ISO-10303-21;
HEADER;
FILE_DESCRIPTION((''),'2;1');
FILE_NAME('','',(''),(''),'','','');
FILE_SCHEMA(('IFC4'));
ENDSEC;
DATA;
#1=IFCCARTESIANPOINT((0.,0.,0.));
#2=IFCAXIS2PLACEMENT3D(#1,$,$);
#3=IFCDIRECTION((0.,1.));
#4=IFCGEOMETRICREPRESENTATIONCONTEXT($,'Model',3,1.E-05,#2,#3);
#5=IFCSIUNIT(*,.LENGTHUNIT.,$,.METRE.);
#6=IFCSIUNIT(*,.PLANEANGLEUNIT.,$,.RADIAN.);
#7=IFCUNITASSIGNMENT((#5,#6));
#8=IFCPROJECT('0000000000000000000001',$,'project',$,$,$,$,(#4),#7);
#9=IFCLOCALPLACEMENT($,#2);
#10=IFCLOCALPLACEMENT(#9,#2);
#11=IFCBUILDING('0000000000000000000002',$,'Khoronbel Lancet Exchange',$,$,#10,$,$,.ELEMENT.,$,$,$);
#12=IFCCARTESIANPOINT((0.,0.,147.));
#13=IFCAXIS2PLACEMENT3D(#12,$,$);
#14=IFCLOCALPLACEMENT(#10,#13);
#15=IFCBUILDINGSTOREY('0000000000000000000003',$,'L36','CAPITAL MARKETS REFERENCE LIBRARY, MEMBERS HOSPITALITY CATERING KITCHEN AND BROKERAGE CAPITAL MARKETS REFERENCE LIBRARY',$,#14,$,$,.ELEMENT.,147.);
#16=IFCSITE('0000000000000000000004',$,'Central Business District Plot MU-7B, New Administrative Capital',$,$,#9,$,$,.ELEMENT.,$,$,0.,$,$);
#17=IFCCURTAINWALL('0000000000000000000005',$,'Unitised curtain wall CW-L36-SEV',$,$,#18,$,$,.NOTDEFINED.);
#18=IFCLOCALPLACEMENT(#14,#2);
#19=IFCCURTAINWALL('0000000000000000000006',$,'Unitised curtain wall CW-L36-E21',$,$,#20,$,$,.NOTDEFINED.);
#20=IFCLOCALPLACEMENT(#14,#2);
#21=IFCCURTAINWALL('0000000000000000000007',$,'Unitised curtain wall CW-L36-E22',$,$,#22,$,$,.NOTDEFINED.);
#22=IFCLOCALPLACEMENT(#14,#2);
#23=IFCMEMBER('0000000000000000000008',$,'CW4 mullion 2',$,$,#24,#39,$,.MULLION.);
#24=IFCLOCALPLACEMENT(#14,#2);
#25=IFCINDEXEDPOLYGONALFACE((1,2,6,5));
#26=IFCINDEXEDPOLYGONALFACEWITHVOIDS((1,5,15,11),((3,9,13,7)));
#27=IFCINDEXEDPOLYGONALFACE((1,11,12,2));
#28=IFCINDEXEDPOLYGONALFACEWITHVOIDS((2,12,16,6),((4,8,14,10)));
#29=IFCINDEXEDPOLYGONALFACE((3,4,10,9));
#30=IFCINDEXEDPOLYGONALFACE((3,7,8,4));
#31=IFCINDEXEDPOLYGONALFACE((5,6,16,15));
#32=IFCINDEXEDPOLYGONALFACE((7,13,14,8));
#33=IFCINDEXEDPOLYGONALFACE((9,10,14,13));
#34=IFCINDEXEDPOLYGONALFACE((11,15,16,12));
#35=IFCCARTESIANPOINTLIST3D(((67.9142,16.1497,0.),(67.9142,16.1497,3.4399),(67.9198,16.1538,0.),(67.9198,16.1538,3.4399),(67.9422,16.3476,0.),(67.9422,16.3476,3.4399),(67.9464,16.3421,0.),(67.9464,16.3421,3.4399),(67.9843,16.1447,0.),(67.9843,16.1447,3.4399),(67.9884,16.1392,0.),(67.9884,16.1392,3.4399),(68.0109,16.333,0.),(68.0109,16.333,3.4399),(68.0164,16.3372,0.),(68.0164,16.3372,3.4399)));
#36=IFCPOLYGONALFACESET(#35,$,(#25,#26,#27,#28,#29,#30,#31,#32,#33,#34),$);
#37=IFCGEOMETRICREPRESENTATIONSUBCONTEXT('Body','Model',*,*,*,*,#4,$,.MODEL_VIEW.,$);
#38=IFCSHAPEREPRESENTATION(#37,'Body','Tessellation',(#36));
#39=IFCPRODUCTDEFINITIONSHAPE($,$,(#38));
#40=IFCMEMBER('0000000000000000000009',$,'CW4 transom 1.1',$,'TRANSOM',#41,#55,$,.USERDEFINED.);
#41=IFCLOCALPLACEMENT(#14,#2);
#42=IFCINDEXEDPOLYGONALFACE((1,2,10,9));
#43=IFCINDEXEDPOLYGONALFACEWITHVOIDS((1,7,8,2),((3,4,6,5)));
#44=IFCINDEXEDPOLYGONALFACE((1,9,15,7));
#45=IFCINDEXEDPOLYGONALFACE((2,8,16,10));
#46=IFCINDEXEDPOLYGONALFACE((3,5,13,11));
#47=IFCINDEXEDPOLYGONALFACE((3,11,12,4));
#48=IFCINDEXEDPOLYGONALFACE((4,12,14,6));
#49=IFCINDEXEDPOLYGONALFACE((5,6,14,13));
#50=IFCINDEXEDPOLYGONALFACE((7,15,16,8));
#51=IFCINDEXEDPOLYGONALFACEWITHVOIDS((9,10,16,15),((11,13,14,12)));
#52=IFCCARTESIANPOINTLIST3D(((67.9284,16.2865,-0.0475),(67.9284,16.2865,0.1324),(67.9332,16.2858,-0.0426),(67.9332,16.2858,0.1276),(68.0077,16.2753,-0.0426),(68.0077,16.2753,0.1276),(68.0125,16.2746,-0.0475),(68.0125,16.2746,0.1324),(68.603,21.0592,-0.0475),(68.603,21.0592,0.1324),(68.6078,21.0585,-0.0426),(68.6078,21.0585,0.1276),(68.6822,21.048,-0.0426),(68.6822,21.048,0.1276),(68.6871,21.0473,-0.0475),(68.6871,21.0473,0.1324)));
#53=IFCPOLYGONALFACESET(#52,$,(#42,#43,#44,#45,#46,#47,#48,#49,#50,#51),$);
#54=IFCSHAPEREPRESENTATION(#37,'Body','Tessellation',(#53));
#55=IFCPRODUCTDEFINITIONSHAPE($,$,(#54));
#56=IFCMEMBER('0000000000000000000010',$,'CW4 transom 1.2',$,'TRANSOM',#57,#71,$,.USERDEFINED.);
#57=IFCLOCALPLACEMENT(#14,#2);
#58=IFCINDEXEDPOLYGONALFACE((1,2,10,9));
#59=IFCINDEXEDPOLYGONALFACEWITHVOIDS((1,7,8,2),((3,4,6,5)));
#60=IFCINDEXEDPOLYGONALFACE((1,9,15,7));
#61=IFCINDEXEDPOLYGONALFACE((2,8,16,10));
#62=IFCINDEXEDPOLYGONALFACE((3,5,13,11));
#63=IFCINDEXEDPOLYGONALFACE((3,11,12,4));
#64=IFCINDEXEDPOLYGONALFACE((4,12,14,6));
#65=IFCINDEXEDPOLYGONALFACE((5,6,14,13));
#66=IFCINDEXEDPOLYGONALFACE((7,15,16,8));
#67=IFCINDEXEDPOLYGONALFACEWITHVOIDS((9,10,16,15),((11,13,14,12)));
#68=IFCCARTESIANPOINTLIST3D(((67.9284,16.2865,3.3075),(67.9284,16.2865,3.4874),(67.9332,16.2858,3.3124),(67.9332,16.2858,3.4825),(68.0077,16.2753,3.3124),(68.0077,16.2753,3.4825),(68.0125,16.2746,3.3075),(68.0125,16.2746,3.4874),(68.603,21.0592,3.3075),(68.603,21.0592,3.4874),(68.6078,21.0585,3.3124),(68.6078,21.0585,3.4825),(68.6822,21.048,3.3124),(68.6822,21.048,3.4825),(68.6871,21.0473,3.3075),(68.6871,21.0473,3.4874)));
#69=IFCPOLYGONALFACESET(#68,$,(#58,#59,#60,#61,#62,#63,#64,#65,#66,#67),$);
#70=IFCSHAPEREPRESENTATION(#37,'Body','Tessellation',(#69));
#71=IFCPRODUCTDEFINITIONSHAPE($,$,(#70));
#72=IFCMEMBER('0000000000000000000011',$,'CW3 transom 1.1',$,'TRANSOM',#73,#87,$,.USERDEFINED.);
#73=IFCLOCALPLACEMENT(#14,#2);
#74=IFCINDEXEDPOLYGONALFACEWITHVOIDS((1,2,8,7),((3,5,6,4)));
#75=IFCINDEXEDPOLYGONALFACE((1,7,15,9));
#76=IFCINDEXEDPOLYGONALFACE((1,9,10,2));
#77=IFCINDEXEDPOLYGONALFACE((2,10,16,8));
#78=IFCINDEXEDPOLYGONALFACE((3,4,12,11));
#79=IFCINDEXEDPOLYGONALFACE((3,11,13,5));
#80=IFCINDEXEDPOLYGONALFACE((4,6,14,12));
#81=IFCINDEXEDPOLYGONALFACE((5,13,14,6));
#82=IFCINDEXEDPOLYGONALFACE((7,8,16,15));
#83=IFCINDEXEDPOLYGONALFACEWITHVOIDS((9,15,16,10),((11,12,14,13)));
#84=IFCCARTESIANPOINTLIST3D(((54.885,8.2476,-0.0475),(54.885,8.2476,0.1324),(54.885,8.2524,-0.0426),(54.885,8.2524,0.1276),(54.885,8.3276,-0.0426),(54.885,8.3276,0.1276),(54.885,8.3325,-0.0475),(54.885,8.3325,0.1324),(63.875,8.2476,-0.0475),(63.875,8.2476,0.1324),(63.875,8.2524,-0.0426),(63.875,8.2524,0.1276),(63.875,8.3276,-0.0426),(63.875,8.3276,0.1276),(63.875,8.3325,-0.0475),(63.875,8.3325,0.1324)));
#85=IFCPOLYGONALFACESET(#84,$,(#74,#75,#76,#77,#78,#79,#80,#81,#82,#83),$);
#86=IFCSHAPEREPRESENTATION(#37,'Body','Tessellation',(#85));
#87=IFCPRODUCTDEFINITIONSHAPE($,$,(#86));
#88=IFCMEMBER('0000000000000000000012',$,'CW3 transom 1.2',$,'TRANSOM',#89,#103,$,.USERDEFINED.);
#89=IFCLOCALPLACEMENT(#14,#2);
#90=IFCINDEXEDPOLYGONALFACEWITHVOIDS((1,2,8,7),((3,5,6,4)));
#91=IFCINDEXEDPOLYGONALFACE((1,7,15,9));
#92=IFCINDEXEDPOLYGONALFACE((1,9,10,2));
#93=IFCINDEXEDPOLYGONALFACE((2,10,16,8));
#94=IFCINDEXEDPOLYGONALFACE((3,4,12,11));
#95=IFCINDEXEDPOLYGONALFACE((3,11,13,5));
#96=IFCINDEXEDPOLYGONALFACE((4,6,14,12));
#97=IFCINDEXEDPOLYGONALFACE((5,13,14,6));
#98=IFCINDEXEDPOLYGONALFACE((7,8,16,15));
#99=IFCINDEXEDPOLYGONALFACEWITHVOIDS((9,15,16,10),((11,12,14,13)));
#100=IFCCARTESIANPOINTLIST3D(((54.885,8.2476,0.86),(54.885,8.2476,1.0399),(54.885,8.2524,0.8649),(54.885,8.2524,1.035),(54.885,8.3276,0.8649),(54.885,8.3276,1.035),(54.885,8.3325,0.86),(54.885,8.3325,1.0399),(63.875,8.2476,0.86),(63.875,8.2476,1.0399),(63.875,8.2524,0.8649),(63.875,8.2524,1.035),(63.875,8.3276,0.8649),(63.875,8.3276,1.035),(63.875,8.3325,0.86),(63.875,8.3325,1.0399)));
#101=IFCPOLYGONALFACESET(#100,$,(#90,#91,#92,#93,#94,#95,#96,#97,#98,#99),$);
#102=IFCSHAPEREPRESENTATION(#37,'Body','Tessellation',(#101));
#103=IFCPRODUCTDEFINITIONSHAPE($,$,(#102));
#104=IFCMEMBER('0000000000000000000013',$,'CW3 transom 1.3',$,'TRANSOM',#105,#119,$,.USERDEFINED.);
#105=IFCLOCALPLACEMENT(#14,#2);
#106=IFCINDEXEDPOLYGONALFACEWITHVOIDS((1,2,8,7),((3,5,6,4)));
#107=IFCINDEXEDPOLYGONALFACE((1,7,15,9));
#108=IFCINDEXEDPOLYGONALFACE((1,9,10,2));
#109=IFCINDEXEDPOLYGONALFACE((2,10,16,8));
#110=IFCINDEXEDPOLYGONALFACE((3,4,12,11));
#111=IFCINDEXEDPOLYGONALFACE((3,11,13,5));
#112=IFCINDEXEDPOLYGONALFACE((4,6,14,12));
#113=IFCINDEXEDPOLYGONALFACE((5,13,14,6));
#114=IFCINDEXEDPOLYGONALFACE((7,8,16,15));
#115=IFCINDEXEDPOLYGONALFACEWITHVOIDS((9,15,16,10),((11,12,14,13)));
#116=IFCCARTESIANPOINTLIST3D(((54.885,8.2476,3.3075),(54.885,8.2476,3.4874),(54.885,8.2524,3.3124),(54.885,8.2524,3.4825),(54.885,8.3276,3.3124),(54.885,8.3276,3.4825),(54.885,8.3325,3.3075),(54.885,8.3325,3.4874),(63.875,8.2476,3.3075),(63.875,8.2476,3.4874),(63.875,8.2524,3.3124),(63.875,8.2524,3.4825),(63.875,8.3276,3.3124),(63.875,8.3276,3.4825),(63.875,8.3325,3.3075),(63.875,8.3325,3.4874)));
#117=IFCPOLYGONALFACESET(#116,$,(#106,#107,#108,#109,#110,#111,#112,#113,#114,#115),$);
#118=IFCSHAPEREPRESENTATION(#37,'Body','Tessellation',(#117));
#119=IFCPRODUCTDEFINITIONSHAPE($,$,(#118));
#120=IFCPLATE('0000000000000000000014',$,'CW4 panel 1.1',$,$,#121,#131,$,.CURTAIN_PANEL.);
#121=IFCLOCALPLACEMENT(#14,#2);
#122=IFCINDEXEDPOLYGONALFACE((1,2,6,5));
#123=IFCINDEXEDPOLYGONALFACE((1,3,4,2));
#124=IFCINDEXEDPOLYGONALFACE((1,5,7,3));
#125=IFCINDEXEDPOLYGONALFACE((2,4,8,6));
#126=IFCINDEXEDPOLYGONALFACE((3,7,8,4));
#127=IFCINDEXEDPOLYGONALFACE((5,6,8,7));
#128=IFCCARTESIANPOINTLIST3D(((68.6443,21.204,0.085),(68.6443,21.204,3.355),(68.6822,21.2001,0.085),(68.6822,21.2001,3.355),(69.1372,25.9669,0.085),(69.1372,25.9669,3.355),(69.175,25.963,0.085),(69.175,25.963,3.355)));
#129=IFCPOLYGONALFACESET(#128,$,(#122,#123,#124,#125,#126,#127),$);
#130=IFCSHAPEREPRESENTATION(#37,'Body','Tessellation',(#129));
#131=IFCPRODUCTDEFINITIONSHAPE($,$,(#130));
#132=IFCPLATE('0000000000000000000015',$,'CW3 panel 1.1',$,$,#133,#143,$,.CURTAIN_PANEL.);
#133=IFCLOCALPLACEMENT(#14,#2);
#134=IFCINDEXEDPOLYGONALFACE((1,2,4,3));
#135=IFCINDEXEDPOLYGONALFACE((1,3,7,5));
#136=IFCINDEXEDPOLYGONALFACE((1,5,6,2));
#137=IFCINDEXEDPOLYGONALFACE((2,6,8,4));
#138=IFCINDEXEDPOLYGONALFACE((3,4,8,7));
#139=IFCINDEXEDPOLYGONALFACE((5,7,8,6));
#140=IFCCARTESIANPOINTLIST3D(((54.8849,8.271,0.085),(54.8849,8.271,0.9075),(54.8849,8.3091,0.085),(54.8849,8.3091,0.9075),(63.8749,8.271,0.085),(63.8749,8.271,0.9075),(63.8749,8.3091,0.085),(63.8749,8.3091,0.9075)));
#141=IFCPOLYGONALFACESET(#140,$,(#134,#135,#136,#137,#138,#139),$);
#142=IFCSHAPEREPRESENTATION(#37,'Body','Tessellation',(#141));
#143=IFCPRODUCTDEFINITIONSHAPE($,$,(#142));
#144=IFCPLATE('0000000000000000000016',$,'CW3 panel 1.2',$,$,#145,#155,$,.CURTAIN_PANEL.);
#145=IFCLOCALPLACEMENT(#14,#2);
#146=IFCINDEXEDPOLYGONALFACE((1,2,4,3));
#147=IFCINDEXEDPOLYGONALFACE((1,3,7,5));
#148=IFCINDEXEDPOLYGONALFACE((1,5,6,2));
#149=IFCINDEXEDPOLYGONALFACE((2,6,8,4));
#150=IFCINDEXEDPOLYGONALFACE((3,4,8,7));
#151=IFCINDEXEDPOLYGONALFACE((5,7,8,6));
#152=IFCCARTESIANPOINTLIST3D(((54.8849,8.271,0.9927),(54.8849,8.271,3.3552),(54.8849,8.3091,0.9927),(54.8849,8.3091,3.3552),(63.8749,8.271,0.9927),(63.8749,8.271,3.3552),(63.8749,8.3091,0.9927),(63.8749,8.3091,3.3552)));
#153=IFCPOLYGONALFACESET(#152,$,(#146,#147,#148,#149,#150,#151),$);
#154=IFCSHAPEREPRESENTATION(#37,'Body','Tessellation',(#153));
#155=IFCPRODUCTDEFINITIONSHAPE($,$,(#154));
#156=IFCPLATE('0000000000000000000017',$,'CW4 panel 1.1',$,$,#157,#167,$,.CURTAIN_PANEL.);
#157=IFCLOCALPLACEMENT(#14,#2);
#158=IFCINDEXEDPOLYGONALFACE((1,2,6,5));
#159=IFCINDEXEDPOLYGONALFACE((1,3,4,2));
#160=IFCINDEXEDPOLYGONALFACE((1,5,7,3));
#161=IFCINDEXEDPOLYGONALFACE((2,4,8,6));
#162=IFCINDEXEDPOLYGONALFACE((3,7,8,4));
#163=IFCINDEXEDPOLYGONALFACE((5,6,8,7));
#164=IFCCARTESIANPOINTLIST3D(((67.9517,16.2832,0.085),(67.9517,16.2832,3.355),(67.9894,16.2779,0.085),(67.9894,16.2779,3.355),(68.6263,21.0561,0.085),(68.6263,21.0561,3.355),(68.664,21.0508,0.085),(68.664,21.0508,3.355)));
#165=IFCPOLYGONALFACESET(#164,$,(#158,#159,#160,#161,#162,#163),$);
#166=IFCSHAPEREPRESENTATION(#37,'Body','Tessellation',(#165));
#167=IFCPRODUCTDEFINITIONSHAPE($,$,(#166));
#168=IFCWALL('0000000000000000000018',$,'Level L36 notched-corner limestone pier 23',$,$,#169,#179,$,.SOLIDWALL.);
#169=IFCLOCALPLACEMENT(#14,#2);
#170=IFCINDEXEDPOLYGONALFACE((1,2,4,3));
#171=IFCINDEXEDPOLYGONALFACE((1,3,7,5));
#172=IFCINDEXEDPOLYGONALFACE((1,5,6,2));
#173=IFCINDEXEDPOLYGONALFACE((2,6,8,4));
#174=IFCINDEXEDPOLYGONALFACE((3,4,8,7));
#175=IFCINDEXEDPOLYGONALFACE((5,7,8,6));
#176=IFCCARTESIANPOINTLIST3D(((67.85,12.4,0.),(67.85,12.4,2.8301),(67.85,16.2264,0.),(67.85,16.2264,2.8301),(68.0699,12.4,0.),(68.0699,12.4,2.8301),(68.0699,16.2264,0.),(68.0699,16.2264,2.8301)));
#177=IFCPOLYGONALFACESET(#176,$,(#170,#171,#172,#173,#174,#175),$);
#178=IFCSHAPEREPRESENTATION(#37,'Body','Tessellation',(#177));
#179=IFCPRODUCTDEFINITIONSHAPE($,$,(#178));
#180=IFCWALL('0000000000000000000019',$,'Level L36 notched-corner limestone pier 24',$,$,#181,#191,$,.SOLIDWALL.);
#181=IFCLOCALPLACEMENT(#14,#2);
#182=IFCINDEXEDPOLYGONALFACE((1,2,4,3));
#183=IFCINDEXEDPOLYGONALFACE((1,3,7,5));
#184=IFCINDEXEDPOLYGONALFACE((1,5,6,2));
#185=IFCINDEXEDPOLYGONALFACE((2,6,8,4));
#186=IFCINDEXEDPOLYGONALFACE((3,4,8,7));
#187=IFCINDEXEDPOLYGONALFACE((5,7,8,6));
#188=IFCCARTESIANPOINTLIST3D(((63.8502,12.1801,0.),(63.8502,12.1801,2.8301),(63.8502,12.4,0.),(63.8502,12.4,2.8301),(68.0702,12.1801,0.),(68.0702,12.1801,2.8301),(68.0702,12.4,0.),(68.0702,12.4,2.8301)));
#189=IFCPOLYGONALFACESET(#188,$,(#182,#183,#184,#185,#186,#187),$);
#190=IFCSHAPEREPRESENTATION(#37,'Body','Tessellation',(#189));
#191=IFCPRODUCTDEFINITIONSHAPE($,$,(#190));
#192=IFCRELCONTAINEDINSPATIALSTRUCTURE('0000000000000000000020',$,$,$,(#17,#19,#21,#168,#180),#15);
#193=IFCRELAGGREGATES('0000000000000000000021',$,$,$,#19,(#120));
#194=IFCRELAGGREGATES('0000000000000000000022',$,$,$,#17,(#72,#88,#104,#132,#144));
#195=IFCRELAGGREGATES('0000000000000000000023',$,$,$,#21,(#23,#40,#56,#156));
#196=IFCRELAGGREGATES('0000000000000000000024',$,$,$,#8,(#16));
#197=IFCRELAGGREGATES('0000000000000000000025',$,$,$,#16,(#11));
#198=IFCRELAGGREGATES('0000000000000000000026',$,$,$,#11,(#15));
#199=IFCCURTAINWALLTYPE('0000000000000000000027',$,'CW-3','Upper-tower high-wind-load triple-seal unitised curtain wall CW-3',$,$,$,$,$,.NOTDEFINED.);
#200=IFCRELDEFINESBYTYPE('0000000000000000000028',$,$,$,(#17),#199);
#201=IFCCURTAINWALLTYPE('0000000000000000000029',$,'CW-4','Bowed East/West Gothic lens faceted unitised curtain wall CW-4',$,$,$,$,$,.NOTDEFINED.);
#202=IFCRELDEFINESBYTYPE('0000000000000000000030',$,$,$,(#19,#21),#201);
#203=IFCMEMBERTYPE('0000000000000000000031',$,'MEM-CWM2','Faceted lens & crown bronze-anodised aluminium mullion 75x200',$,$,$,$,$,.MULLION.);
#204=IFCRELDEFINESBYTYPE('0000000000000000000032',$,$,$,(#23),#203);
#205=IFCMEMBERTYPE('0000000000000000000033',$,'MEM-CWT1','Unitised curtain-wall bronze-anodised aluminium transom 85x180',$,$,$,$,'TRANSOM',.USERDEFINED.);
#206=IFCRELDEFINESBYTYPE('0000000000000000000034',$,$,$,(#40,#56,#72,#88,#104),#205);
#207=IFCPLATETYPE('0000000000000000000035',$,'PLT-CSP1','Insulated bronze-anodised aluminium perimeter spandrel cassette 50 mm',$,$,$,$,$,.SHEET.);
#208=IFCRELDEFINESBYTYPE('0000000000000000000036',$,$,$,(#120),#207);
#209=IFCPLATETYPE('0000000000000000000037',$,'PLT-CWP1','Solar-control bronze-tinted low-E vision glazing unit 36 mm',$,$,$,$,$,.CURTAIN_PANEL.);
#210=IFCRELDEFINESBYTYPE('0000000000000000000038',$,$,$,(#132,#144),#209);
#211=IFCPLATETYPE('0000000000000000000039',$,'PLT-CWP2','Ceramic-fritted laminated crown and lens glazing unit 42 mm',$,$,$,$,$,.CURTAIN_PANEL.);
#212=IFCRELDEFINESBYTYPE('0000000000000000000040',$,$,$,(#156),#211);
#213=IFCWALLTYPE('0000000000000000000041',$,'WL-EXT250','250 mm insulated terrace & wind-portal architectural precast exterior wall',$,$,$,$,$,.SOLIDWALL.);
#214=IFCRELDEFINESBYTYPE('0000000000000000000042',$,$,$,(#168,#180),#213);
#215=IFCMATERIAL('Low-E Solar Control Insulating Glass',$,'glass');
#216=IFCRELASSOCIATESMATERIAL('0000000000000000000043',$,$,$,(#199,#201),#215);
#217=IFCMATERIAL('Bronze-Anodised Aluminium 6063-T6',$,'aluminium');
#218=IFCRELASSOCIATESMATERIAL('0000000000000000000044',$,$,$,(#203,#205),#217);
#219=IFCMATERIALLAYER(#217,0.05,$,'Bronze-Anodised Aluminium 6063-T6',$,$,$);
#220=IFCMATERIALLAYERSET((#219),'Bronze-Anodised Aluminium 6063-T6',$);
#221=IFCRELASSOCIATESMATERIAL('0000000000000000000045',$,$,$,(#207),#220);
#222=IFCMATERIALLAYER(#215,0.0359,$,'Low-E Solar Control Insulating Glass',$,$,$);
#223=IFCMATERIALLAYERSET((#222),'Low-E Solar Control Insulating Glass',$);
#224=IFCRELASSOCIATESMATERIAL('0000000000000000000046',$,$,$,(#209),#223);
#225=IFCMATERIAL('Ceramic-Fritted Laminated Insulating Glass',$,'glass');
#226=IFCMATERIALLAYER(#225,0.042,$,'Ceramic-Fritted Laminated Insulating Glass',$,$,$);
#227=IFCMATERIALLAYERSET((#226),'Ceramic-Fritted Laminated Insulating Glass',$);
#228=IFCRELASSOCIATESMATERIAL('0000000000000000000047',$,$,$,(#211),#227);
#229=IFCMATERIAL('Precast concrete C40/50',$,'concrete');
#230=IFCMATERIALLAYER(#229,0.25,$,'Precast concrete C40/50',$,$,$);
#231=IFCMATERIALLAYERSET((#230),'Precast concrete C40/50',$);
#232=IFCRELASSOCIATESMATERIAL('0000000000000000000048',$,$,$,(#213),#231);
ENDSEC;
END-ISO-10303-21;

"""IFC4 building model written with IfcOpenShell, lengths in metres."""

from ifc_helpers import new_model, si_unit, direction, frame, frame_2d, origin, origin_2d, place, context, subcontext, project, spatial, rectangle, hollow_rectangle, extrude, material, layer, layer_set, material_profile, profile_set, type_object, element, aggregate, save


model = new_model("IFC4")

# Units and contexts
model_context = context("Model", 3, precision=1e-05, world=origin(), true_north=direction((0.0, 1.0)))
body_context = subcontext(model_context, "Body", "Model", "MODEL_VIEW")
ifc_project = project(units=[si_unit("LENGTHUNIT", "METRE"), si_unit("PLANEANGLEUNIT", "RADIAN")], contexts=[model_context])

# Site, building, storey
site_placement = place(None, origin())
site = spatial("IfcSite", under=ifc_project, at=site_placement, Name="Central Business District Plot MU-7B, New Administrative Capital", CompositionType="ELEMENT", RefElevation=0.0)
building_placement = place(site_placement, origin())
building = spatial("IfcBuilding", under=site, at=building_placement, Name="Khoronbel Lancet Exchange", CompositionType="ELEMENT")
storey_placement = place(building_placement, frame((0.0, 0.0, 147.0)))
storey = spatial("IfcBuildingStorey", under=building, at=storey_placement, Name="L36", Description="CAPITAL MARKETS REFERENCE LIBRARY, MEMBERS HOSPITALITY CATERING KITCHEN AND BROKERAGE CAPITAL MARKETS REFERENCE LIBRARY", CompositionType="ELEMENT", Elevation=147.0)

# Shared definitions
ifc_material_1 = material(Name="Low-E Solar Control Insulating Glass", Category="glass")
curtain_wall_type_1 = type_object("IfcCurtainWallType", Name="CW-3", Description="Upper-tower high-wind-load triple-seal unitised curtain wall CW-3", PredefinedType="NOTDEFINED", material=ifc_material_1)
ifc_material_2 = material(Name="Bronze-Anodised Aluminium 6063-T6", Category="aluminium")

# Curtain wall
curtain_wall_1_placement = place(storey_placement, origin())
curtain_wall_1 = element("IfcCurtainWall", 1, at=curtain_wall_1_placement, inside=storey, type_object=curtain_wall_type_1, Name="Unitised curtain wall CW-L36-SEV", PredefinedType="NOTDEFINED")

# Curtain wall
curtain_wall_type_2 = type_object("IfcCurtainWallType", Name="CW-4", Description="Bowed East/West Gothic lens faceted unitised curtain wall CW-4", PredefinedType="NOTDEFINED", material=ifc_material_1)
curtain_wall_2_placement = place(storey_placement, origin())
curtain_wall_2 = element("IfcCurtainWall", 2, at=curtain_wall_2_placement, inside=storey, type_object=curtain_wall_type_2, Name="Unitised curtain wall CW-L36-E21", PredefinedType="NOTDEFINED")
ifc_material_profile_1 = material_profile(ifc_material_2, hollow_rectangle(XDim=0.075, YDim=0.2, WallThickness=0.0049, at=origin_2d()), Name="ALU MULLION 75x200")
ifc_profile_set_1 = profile_set([ifc_material_profile_1], Name="Bronze-Anodised Aluminium 6063-T6")
member_type_1 = type_object("IfcMemberType", Name="MEM-CWM2", Description="Faceted lens & crown bronze-anodised aluminium mullion 75x200", PredefinedType="MULLION", material=ifc_profile_set_1)

# Curtain wall, members
curtain_wall_3_placement = place(storey_placement, origin())
curtain_wall_3 = element("IfcCurtainWall", 3, at=curtain_wall_3_placement, inside=storey, type_object=curtain_wall_type_2, Name="Unitised curtain wall CW-L36-E22", PredefinedType="NOTDEFINED")
member_1_placement = place(storey_placement, frame((67.9653, 16.2434, 0.0), z_axis=(0.0, 0.0, 1.0), x_axis=(0.990158, -0.139954, 0.0)))
member_1 = element("IfcMember", 4, at=member_1_placement, type_object=member_type_1, Name="CW4 mullion 2", PredefinedType="MULLION", context=body_context, shape_type="SweptSolid", body=[
    extrude(hollow_rectangle(XDim=0.075, YDim=0.2, WallThickness=0.0049, at=origin_2d()), origin(), (0.0, 0.0, 1.0), 3.4399),
])
ifc_material_profile_2 = material_profile(ifc_material_2, hollow_rectangle(XDim=0.085, YDim=0.1799, WallThickness=0.0049, at=origin_2d()), Name="ALU TRANSOM 85x180")
ifc_profile_set_2 = profile_set([ifc_material_profile_2], Name="Bronze-Anodised Aluminium 6063-T6")
member_type_2 = type_object("IfcMemberType", Name="MEM-CWT1", Description="Unitised curtain-wall bronze-anodised aluminium transom 85x180", ElementType="TRANSOM", PredefinedType="USERDEFINED", material=ifc_profile_set_2)
member_2_placement = place(storey_placement, frame((68.645, 21.0532, 0.0425), z_axis=(-0.139946, -0.990159, 0.0), x_axis=(0.990159, -0.139946, 0.0)))
member_2 = element("IfcMember", 5, at=member_2_placement, type_object=member_type_2, Name="CW4 transom 1.1", ObjectType="TRANSOM", PredefinedType="USERDEFINED", context=body_context, shape_type="SweptSolid", body=[
    extrude(hollow_rectangle(XDim=0.085, YDim=0.1799, WallThickness=0.0049, at=origin_2d()), origin(), (0.0, 0.0, 1.0), 4.8201),
])
member_3_placement = place(storey_placement, frame((68.645, 21.0532, 3.3975), z_axis=(-0.139946, -0.990159, 0.0), x_axis=(0.990159, -0.139946, 0.0)))
member_3 = element("IfcMember", 6, at=member_3_placement, type_object=member_type_2, Name="CW4 transom 1.2", ObjectType="TRANSOM", PredefinedType="USERDEFINED", context=body_context, shape_type="SweptSolid", body=[
    extrude(hollow_rectangle(XDim=0.085, YDim=0.1799, WallThickness=0.0049, at=origin_2d()), origin(), (0.0, 0.0, 1.0), 4.8201),
])

# Members
member_4_placement = place(storey_placement, frame((54.885, 8.29, 0.0425), z_axis=(1.0, 0.0, 0.0), x_axis=(0.0, 1.0, 0.0)))
member_4 = element("IfcMember", 7, at=member_4_placement, type_object=member_type_2, Name="CW3 transom 1.1", ObjectType="TRANSOM", PredefinedType="USERDEFINED", context=body_context, shape_type="SweptSolid", body=[
    extrude(hollow_rectangle(XDim=0.085, YDim=0.1799, WallThickness=0.0049, at=origin_2d()), origin(), (0.0, 0.0, 1.0), 8.99),
])
member_5_placement = place(storey_placement, frame((54.885, 8.29, 0.95), z_axis=(1.0, 0.0, 0.0), x_axis=(0.0, 1.0, 0.0)))
member_5 = element("IfcMember", 8, at=member_5_placement, type_object=member_type_2, Name="CW3 transom 1.2", ObjectType="TRANSOM", PredefinedType="USERDEFINED", context=body_context, shape_type="SweptSolid", body=[
    extrude(hollow_rectangle(XDim=0.085, YDim=0.1799, WallThickness=0.0049, at=origin_2d()), origin(), (0.0, 0.0, 1.0), 8.99),
])
member_6_placement = place(storey_placement, frame((54.885, 8.29, 3.3975), z_axis=(1.0, 0.0, 0.0), x_axis=(0.0, 1.0, 0.0)))
member_6 = element("IfcMember", 9, at=member_6_placement, type_object=member_type_2, Name="CW3 transom 1.3", ObjectType="TRANSOM", PredefinedType="USERDEFINED", context=body_context, shape_type="SweptSolid", body=[
    extrude(hollow_rectangle(XDim=0.085, YDim=0.1799, WallThickness=0.0049, at=origin_2d()), origin(), (0.0, 0.0, 1.0), 8.99),
])

# Plates
ifc_layer_1 = layer(ifc_material_2, 0.05, Name="Bronze-Anodised Aluminium 6063-T6")
ifc_layer_set_1 = layer_set([ifc_layer_1], Name="Bronze-Anodised Aluminium 6063-T6")
plate_type_1 = type_object("IfcPlateType", Name="PLT-CSP1", Description="Insulated bronze-anodised aluminium perimeter spandrel cassette 50 mm", PredefinedType="SHEET", material=ifc_layer_set_1)
plate_1_placement = place(storey_placement, frame((68.9097, 23.5835, 0.085), z_axis=(0.0, 0.0, 1.0), x_axis=(-0.102932, -0.994688, 0.0)))
plate_1 = element("IfcPlate", 10, at=plate_1_placement, type_object=plate_type_1, Name="CW4 panel 1.1", PredefinedType="CURTAIN_PANEL", context=body_context, shape_type="SweptSolid", body=[
    extrude(rectangle(XDim=4.7883, YDim=0.0381, at=origin_2d()), origin(), (0.0, 0.0, 1.0), 3.27),
])
aggregate(curtain_wall_2, [plate_1])
ifc_layer_2 = layer(ifc_material_1, 0.0359, Name="Low-E Solar Control Insulating Glass")
ifc_layer_set_2 = layer_set([ifc_layer_2], Name="Low-E Solar Control Insulating Glass")
plate_type_2 = type_object("IfcPlateType", Name="PLT-CWP1", Description="Solar-control bronze-tinted low-E vision glazing unit 36 mm", PredefinedType="CURTAIN_PANEL", material=ifc_layer_set_2)
plate_2_placement = place(storey_placement, frame((59.3799, 8.29, 0.085), z_axis=(0.0, 0.0, 1.0), x_axis=(1.0, 0.0, 0.0)))
plate_2 = element("IfcPlate", 11, at=plate_2_placement, type_object=plate_type_2, Name="CW3 panel 1.1", PredefinedType="CURTAIN_PANEL", context=body_context, shape_type="SweptSolid", body=[
    extrude(rectangle(XDim=8.99, YDim=0.0381, at=origin_2d()), origin(), (0.0, 0.0, 1.0), 0.8225),
])
plate_3_placement = place(storey_placement, frame((59.3799, 8.29, 0.9927), z_axis=(0.0, 0.0, 1.0), x_axis=(1.0, 0.0, 0.0)))
plate_3 = element("IfcPlate", 12, at=plate_3_placement, type_object=plate_type_2, Name="CW3 panel 1.2", PredefinedType="CURTAIN_PANEL", context=body_context, shape_type="SweptSolid", body=[
    extrude(rectangle(XDim=8.99, YDim=0.0381, at=origin_2d()), origin(), (0.0, 0.0, 1.0), 2.3625),
])
aggregate(curtain_wall_1, [member_4, member_5, member_6, plate_2, plate_3])
ifc_material_3 = material(Name="Ceramic-Fritted Laminated Insulating Glass", Category="glass")
ifc_layer_3 = layer(ifc_material_3, 0.042, Name="Ceramic-Fritted Laminated Insulating Glass")
ifc_layer_set_3 = layer_set([ifc_layer_3], Name="Ceramic-Fritted Laminated Insulating Glass")
plate_type_3 = type_object("IfcPlateType", Name="PLT-CWP2", Description="Ceramic-fritted laminated crown and lens glazing unit 42 mm", PredefinedType="CURTAIN_PANEL", material=ifc_layer_set_3)
plate_4_placement = place(storey_placement, frame((68.3079, 18.667, 0.085), z_axis=(0.0, 0.0, 1.0), x_axis=(-0.139954, -0.990158, 0.0)))
plate_4 = element("IfcPlate", 13, at=plate_4_placement, type_object=plate_type_3, Name="CW4 panel 1.1", PredefinedType="CURTAIN_PANEL", context=body_context, shape_type="SweptSolid", body=[
    extrude(rectangle(XDim=4.8203, YDim=0.0381, at=origin_2d()), origin(), (0.0, 0.0, 1.0), 3.27),
])
aggregate(curtain_wall_3, [member_1, member_2, member_3, plate_4])

# Walls
ifc_material_4 = material(Name="Precast concrete C40/50", Category="concrete")
ifc_layer_4 = layer(ifc_material_4, 0.25, Name="Precast concrete C40/50")
ifc_layer_set_4 = layer_set([ifc_layer_4], Name="Precast concrete C40/50")
wall_type_1 = type_object("IfcWallType", Name="WL-EXT250", Description="250 mm insulated terrace & wind-portal architectural precast exterior wall", PredefinedType="SOLIDWALL", material=ifc_layer_set_4)
wall_1_placement = place(storey_placement, frame((67.96, 16.2263, 0.0), z_axis=(0.0, 0.0, 1.0), x_axis=(0.0, -1.0, 0.0)))
element("IfcWall", 14, at=wall_1_placement, inside=storey, type_object=wall_type_1, Name="Level L36 notched-corner limestone pier 23", PredefinedType="SOLIDWALL", context=body_context, shape_type="SweptSolid", body=[
    extrude(rectangle(XDim=3.8264, YDim=0.22, at=frame_2d((1.9131, 0.0))), origin(), (0.0, 0.0, 1.0), 2.8301),
])
wall_2_placement = place(storey_placement, frame((68.0701, 12.29, 0.0), z_axis=(0.0, 0.0, 1.0), x_axis=(-1.0, 0.0, 0.0)))
element("IfcWall", 15, at=wall_2_placement, inside=storey, type_object=wall_type_1, Name="Level L36 notched-corner limestone pier 24", PredefinedType="SOLIDWALL", context=body_context, shape_type="SweptSolid", body=[
    extrude(rectangle(XDim=4.22, YDim=0.22, at=frame_2d((2.1099, 0.0))), origin(), (0.0, 0.0, 1.0), 2.8301),
])

save(model, "model.ifc")
